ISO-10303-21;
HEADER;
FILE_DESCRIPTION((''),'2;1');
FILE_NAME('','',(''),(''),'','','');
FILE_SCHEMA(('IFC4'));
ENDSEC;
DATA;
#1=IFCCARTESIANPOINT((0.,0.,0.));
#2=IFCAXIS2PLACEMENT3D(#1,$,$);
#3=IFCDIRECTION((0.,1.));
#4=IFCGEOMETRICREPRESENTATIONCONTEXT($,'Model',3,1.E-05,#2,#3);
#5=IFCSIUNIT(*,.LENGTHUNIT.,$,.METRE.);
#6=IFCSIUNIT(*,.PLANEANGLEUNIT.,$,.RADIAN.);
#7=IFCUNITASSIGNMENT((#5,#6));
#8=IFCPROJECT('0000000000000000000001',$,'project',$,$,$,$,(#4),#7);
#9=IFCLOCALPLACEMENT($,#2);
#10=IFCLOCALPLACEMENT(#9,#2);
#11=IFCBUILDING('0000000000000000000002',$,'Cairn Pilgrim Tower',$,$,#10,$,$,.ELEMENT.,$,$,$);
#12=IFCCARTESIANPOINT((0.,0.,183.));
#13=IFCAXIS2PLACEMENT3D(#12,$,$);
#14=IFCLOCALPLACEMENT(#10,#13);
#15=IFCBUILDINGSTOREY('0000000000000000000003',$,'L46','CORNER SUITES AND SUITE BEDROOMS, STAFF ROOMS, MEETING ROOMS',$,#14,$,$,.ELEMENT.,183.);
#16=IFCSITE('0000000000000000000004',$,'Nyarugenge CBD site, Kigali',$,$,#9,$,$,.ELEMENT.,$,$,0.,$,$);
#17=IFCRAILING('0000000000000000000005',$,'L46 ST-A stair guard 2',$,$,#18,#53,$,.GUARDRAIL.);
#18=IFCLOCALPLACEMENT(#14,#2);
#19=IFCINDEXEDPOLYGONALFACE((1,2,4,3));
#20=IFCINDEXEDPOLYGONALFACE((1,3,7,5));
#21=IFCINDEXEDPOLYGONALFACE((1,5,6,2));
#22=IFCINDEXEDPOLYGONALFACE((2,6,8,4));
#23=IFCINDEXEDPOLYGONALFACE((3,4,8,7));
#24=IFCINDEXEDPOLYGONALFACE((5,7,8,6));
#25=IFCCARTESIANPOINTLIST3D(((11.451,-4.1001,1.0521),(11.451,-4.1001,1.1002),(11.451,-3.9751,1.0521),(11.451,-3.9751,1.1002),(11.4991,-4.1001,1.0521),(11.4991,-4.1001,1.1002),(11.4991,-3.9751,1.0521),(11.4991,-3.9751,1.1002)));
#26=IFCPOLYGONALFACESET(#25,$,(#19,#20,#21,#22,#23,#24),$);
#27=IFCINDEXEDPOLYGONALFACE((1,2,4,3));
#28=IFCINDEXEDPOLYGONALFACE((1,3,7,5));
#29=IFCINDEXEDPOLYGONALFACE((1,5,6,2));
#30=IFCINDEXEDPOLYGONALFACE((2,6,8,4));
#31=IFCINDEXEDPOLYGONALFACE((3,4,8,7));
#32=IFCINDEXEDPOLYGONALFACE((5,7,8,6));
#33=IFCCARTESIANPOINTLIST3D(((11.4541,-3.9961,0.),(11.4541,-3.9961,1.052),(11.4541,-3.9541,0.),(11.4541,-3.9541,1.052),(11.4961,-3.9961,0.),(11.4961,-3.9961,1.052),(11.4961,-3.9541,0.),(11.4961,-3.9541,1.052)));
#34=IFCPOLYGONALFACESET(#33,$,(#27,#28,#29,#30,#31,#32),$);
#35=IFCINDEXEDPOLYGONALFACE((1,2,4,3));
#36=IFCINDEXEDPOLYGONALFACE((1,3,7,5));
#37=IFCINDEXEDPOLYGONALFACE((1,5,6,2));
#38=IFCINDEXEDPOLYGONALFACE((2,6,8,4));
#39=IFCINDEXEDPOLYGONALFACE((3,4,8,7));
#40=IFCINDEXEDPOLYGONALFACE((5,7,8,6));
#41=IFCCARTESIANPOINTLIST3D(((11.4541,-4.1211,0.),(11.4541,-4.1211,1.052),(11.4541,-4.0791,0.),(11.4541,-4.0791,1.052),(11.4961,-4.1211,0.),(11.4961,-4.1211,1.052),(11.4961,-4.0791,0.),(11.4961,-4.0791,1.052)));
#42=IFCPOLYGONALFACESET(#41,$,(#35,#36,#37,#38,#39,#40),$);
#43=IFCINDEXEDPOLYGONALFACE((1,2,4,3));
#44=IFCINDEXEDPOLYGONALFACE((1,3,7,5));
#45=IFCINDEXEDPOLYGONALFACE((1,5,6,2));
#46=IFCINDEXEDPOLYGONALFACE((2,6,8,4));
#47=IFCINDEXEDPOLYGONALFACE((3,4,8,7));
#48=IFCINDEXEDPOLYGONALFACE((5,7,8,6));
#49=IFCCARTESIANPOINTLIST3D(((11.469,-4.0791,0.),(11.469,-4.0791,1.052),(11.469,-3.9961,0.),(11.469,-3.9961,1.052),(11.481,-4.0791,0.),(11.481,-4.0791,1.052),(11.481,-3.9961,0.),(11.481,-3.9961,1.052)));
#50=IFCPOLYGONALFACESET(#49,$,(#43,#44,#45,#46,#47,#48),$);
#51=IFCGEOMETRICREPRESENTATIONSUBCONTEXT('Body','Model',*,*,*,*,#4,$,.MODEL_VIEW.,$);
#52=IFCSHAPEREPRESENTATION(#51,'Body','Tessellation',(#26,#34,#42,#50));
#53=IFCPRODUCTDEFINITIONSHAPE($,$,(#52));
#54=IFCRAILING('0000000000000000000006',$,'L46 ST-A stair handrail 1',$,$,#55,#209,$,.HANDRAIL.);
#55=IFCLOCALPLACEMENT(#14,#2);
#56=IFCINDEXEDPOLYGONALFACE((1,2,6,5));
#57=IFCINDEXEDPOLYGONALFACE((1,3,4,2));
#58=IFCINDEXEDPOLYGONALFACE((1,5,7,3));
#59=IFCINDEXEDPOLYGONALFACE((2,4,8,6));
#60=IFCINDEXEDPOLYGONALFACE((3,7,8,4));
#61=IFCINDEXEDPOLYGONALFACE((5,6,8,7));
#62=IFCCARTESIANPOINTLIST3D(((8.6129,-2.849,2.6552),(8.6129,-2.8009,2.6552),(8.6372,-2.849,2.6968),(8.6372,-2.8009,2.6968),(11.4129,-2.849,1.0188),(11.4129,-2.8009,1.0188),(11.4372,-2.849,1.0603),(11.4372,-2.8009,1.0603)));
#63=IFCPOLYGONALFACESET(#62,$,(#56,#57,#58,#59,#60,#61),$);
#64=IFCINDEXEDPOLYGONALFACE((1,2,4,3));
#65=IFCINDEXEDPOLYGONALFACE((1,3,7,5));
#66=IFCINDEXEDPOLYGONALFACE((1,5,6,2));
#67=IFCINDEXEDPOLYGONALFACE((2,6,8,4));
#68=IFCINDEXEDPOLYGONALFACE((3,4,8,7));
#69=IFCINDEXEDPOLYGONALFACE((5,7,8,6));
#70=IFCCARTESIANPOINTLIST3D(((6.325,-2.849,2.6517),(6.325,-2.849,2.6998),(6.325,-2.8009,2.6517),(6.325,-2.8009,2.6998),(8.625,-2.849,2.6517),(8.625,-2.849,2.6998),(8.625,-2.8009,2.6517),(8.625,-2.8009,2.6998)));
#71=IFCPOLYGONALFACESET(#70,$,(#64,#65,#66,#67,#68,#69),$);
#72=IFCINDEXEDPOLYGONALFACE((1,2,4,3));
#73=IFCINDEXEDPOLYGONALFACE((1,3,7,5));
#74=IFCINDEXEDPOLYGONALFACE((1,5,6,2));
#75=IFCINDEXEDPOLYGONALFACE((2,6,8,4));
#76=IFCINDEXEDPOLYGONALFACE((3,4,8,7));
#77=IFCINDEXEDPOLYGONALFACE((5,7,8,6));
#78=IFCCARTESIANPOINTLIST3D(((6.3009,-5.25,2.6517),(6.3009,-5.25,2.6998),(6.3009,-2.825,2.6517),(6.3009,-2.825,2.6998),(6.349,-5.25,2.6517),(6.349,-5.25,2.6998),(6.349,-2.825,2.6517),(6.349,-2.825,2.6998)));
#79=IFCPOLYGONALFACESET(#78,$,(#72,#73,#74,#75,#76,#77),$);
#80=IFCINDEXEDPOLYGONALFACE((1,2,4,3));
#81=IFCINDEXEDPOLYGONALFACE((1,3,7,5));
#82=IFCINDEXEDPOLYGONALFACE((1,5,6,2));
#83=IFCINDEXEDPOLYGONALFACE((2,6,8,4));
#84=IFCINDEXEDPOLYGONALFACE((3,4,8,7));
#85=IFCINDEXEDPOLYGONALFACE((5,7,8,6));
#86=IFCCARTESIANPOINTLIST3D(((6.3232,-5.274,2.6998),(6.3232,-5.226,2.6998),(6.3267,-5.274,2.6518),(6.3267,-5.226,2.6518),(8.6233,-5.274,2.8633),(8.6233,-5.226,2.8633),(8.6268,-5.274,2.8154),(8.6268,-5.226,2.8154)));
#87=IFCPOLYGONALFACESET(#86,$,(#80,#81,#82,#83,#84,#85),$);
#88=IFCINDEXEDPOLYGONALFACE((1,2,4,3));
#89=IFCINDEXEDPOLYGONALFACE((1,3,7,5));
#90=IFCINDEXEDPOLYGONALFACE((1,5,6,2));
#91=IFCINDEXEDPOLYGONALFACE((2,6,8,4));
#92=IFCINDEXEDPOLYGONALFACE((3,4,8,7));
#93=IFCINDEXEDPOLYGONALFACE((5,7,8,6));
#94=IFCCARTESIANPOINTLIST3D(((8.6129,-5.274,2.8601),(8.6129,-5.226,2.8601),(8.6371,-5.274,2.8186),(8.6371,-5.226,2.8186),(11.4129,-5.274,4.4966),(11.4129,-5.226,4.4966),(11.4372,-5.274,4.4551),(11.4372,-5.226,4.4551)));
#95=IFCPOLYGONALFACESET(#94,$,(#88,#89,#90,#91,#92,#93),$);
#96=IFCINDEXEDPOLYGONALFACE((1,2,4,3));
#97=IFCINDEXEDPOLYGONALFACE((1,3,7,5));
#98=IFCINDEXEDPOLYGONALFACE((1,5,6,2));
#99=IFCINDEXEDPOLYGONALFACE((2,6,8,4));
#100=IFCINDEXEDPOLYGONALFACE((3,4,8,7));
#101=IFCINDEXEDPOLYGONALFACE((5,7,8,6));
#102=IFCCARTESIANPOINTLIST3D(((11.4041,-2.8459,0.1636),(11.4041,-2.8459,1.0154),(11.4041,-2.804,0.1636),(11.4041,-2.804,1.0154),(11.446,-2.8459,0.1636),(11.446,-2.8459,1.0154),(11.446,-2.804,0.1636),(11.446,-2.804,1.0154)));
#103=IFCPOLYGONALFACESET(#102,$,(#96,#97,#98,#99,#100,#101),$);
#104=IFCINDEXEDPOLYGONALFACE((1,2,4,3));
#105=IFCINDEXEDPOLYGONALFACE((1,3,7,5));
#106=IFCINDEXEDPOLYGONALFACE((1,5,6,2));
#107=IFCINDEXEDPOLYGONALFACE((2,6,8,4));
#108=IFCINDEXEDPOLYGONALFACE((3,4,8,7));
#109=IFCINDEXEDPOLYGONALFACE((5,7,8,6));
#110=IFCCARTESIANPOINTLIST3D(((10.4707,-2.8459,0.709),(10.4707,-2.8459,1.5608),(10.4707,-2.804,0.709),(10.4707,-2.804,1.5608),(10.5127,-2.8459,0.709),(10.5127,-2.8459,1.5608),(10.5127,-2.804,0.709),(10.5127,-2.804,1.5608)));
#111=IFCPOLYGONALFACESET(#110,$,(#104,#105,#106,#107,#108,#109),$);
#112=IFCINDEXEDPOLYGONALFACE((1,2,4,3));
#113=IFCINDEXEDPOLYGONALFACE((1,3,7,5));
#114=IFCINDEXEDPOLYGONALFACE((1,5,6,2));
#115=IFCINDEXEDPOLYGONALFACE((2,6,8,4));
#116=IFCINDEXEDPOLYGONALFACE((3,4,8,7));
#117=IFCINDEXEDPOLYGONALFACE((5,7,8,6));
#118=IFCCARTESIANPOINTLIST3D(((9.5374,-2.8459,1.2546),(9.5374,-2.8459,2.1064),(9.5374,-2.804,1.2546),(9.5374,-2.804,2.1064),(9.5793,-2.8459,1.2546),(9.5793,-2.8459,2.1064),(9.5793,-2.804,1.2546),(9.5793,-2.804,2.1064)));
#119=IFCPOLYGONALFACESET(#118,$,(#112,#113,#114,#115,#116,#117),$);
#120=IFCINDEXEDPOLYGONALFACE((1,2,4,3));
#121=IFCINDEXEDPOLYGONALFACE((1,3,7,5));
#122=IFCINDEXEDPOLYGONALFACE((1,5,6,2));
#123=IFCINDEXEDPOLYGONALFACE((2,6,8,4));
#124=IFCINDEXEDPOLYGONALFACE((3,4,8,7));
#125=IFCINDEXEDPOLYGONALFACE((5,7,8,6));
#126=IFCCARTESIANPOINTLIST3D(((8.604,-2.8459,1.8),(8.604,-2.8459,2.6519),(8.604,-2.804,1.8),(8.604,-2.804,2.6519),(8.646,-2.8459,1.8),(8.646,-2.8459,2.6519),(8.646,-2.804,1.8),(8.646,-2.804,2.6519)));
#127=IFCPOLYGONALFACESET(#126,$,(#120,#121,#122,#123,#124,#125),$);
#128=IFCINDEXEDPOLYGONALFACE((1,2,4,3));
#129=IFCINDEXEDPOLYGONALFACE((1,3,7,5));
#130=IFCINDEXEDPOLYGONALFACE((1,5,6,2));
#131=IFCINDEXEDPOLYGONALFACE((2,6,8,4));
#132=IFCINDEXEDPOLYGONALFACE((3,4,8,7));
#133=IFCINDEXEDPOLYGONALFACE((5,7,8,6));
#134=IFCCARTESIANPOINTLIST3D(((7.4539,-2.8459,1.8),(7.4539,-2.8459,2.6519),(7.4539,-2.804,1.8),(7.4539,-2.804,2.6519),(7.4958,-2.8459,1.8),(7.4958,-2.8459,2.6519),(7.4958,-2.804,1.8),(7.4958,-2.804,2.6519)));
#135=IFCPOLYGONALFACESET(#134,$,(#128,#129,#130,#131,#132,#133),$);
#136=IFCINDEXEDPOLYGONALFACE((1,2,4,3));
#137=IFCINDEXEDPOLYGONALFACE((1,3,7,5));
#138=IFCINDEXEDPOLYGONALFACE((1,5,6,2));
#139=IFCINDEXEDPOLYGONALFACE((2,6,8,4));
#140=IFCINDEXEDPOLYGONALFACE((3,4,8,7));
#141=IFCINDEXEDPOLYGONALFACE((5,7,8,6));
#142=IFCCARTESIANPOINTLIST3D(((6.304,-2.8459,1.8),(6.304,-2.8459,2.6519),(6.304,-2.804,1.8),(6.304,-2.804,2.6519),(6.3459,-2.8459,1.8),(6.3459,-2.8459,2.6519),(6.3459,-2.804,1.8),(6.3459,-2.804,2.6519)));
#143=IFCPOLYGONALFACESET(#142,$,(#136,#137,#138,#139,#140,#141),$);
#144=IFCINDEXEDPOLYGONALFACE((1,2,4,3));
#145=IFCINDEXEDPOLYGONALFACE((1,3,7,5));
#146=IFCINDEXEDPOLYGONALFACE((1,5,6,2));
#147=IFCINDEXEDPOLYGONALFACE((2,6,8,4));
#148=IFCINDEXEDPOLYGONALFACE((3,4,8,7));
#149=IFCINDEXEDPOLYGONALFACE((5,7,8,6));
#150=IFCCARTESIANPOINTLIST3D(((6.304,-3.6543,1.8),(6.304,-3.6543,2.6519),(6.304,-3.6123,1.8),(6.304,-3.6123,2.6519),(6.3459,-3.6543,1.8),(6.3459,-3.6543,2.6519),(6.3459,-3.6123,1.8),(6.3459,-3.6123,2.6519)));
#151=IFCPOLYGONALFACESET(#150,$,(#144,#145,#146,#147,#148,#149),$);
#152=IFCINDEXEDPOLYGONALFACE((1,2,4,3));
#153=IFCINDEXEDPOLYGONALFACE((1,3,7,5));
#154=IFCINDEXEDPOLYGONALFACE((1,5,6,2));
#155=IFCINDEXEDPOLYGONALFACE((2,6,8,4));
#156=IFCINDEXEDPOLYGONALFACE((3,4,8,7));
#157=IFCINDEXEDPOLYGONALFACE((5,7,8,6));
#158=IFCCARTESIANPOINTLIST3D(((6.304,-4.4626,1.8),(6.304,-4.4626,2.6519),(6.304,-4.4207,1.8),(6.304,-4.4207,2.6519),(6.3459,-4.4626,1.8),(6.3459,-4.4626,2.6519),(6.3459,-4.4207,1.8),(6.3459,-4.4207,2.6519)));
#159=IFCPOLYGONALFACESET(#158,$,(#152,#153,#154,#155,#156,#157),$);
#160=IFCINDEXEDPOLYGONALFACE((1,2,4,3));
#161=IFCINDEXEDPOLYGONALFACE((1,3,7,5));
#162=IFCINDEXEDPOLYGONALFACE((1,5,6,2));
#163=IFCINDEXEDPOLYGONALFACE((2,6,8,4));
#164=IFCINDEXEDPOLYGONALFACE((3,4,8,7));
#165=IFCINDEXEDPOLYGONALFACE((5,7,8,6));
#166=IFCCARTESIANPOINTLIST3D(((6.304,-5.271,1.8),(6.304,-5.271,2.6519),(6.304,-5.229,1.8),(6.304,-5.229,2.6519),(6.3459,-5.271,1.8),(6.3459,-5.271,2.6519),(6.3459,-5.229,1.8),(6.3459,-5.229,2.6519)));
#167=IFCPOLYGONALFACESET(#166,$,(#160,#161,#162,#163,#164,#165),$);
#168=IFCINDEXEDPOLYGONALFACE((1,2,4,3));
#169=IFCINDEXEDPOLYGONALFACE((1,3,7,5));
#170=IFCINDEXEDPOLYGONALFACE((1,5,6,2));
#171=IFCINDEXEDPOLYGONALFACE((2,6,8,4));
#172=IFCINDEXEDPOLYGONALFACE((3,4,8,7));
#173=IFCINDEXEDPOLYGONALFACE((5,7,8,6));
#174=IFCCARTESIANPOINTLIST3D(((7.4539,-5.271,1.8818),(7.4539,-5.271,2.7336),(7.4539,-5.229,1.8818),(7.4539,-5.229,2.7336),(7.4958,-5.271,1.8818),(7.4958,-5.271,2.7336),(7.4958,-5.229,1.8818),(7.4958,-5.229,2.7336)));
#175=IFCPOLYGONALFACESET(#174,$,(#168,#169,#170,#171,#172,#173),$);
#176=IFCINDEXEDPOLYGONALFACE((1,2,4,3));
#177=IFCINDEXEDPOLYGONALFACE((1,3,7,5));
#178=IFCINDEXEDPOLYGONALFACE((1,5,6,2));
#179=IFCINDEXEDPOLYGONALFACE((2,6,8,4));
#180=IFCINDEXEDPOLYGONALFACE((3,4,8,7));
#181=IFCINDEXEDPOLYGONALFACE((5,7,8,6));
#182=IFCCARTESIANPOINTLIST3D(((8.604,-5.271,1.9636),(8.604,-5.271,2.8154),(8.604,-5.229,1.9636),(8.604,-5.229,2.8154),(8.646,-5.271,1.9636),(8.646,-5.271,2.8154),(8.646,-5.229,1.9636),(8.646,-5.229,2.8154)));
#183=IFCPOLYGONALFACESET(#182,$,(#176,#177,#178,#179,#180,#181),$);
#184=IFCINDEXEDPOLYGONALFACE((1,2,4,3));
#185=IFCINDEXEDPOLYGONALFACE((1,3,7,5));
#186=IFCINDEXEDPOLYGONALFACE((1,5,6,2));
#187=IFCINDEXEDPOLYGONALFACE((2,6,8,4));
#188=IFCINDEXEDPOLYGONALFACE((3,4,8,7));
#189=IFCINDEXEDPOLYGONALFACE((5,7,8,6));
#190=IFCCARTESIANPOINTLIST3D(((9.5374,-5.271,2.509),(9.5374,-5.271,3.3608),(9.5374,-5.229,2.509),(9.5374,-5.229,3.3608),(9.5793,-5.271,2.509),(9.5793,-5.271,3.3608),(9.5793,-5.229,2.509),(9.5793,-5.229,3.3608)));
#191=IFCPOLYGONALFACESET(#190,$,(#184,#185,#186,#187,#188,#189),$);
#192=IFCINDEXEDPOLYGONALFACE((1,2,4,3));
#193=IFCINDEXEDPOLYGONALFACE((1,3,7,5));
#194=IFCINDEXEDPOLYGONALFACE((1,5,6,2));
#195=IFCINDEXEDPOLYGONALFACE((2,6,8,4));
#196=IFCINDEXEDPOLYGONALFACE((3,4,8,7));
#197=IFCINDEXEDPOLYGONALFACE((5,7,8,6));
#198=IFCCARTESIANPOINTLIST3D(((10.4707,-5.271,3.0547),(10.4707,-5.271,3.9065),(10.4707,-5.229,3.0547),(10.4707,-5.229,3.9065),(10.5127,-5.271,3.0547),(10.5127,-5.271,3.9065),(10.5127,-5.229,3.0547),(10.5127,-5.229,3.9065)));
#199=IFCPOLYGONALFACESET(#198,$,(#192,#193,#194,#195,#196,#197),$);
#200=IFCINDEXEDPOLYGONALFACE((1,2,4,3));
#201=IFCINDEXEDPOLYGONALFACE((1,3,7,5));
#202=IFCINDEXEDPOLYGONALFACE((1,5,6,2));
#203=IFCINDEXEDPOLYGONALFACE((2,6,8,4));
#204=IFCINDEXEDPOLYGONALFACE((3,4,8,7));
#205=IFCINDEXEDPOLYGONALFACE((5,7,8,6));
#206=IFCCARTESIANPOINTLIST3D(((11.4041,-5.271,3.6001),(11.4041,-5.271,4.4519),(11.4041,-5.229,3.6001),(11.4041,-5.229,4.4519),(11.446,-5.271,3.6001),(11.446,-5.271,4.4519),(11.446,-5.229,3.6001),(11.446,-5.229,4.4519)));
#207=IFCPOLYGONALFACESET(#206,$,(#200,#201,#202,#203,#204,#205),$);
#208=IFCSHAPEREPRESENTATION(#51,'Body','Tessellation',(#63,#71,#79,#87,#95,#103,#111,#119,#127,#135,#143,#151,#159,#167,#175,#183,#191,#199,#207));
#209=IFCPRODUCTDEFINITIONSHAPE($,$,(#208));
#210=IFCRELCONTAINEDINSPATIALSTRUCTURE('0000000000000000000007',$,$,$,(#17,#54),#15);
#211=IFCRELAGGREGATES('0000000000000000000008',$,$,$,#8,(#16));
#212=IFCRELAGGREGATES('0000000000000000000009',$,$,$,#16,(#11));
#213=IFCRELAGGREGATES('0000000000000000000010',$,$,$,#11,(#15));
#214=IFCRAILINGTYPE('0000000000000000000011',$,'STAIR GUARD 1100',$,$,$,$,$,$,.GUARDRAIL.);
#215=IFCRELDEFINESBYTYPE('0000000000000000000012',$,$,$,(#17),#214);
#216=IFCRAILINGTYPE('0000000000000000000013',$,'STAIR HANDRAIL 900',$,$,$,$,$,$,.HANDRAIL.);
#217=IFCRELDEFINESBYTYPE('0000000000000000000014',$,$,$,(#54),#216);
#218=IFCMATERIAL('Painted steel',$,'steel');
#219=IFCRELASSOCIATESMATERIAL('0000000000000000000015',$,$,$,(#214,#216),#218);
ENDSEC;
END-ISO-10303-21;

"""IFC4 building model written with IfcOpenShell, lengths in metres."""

from ifc_helpers import new_model, si_unit, direction, frame, origin, origin_2d, place, context, subcontext, project, spatial, polyline, rectangle, outline, extrude, material, type_object, element, save


model = new_model("IFC4")

# Units and contexts
model_context = context("Model", 3, precision=1e-05, world=origin(), true_north=direction((0.0, 1.0)))
body_context = subcontext(model_context, "Body", "Model", "MODEL_VIEW")
ifc_project = project(units=[si_unit("LENGTHUNIT", "METRE"), si_unit("PLANEANGLEUNIT", "RADIAN")], contexts=[model_context])

# Site, building, storey
site_placement = place(None, origin())
site = spatial("IfcSite", under=ifc_project, at=site_placement, Name="Nyarugenge CBD site, Kigali", CompositionType="ELEMENT", RefElevation=0.0)
building_placement = place(site_placement, origin())
building = spatial("IfcBuilding", under=site, at=building_placement, Name="Cairn Pilgrim Tower", CompositionType="ELEMENT")
storey_placement = place(building_placement, frame((0.0, 0.0, 183.0)))
storey = spatial("IfcBuildingStorey", under=building, at=storey_placement, Name="L46", Description="CORNER SUITES AND SUITE BEDROOMS, STAFF ROOMS, MEETING ROOMS", CompositionType="ELEMENT", Elevation=183.0)

# Railings
ifc_material_1 = material(Name="Painted steel", Category="steel")
railing_type_1 = type_object("IfcRailingType", Name="STAIR GUARD 1100", PredefinedType="GUARDRAIL", material=ifc_material_1)
railing_1_placement = place(storey_placement, frame((11.4751, -3.9751, 0.0)))
element("IfcRailing", 1, at=railing_1_placement, inside=storey, type_object=railing_type_1, Name="L46 ST-A stair guard 2", PredefinedType="GUARDRAIL", context=body_context, shape_type="SweptSolid", body=[
    extrude(rectangle(XDim=0.0481, YDim=0.0481, at=origin_2d()), frame((0.0, 0.0, 1.0762), z_axis=(0.0, -1.0, 0.0), x_axis=(1.0, 0.0, 0.0)), (0.0, 0.0, 1.0), 0.125),
    extrude(rectangle(XDim=0.042, YDim=0.042, at=origin_2d()), origin(), (0.0, 0.0, 1.0), 1.052),
    extrude(rectangle(XDim=0.042, YDim=0.042, at=origin_2d()), frame((0.0, -0.125, 0.0)), (0.0, 0.0, 1.0), 1.052),
    extrude(outline(polyline([(0.021, 0.0), (0.104, 0.0), (0.104, 1.052), (0.021, 1.052), (0.021, 0.0)])), frame((0.0059, 0.0, 0.0), z_axis=(-1.0, 0.0, 0.0), x_axis=(0.0, -1.0, 0.0)), (0.0, 0.0, 1.0), 0.012),
])
railing_type_2 = type_object("IfcRailingType", Name="STAIR HANDRAIL 900", PredefinedType="HANDRAIL", material=ifc_material_1)
railing_2_placement = place(storey_placement, frame((11.425, -2.825, 0.1636)))
element("IfcRailing", 2, at=railing_2_placement, inside=storey, type_object=railing_type_2, Name="L46 ST-A stair handrail 1", PredefinedType="HANDRAIL", context=body_context, shape_type="SweptSolid", body=[
    extrude(rectangle(XDim=0.0481, YDim=0.0481, at=origin_2d()), frame((0.0, 0.0, 0.876), z_axis=(-0.863361, 0.0, 0.504587), x_axis=(0.0, -1.0, 0.0)), (0.0, 0.0, 1.0), 3.2432),
    extrude(rectangle(XDim=0.0481, YDim=0.0481, at=origin_2d()), frame((-2.8, 0.0, 2.5122), z_axis=(-1.0, 0.0, 0.0), x_axis=(0.0, -1.0, 0.0)), (0.0, 0.0, 1.0), 2.3),
    extrude(rectangle(XDim=0.0481, YDim=0.0481, at=origin_2d()), frame((-5.1001, 0.0, 2.5122), z_axis=(0.0, -1.0, 0.0), x_axis=(1.0, 0.0, 0.0)), (0.0, 0.0, 1.0), 2.425),
    extrude(rectangle(XDim=0.0481, YDim=0.0481, at=origin_2d()), frame((-5.1001, -2.425, 2.5122), z_axis=(0.997481, 0.0, 0.070939), x_axis=(0.0, 1.0, 0.0)), (0.0, 0.0, 1.0), 2.3059),
    extrude(rectangle(XDim=0.0481, YDim=0.0481, at=origin_2d()), frame((-2.8, -2.425, 2.6758), z_axis=(0.863361, 0.0, 0.504587), x_axis=(0.0, 1.0, 0.0)), (0.0, 0.0, 1.0), 3.2432),
    extrude(rectangle(XDim=0.042, YDim=0.042, at=origin_2d()), origin(), (0.0, 0.0, 1.0), 0.8518),
    extrude(rectangle(XDim=0.042, YDim=0.042, at=origin_2d()), frame((-0.9333, 0.0, 0.5454)), (0.0, 0.0, 1.0), 0.8518),
    extrude(rectangle(XDim=0.042, YDim=0.042, at=origin_2d()), frame((-1.8667, 0.0, 1.0911)), (0.0, 0.0, 1.0), 0.8518),
    extrude(rectangle(XDim=0.042, YDim=0.042, at=origin_2d()), frame((-2.8, 0.0, 1.6365)), (0.0, 0.0, 1.0), 0.8518),
    extrude(rectangle(XDim=0.042, YDim=0.042, at=origin_2d()), frame((-3.9502, 0.0, 1.6365)), (0.0, 0.0, 1.0), 0.8518),
    extrude(rectangle(XDim=0.042, YDim=0.042, at=origin_2d()), frame((-5.1001, 0.0, 1.6365)), (0.0, 0.0, 1.0), 0.8518),
    extrude(rectangle(XDim=0.042, YDim=0.042, at=origin_2d()), frame((-5.1001, -0.8083, 1.6365)), (0.0, 0.0, 1.0), 0.8518),
    extrude(rectangle(XDim=0.042, YDim=0.042, at=origin_2d()), frame((-5.1001, -1.6167, 1.6365)), (0.0, 0.0, 1.0), 0.8518),
    extrude(rectangle(XDim=0.042, YDim=0.042, at=origin_2d()), frame((-5.1001, -2.425, 1.6365)), (0.0, 0.0, 1.0), 0.8518),
    extrude(rectangle(XDim=0.042, YDim=0.042, at=origin_2d()), frame((-3.9502, -2.425, 1.7183)), (0.0, 0.0, 1.0), 0.8518),
    extrude(rectangle(XDim=0.042, YDim=0.042, at=origin_2d()), frame((-2.8, -2.425, 1.8)), (0.0, 0.0, 1.0), 0.8518),
    extrude(rectangle(XDim=0.042, YDim=0.042, at=origin_2d()), frame((-1.8667, -2.425, 2.3455)), (0.0, 0.0, 1.0), 0.8518),
    extrude(rectangle(XDim=0.042, YDim=0.042, at=origin_2d()), frame((-0.9333, -2.425, 2.8911)), (0.0, 0.0, 1.0), 0.8518),
    extrude(rectangle(XDim=0.042, YDim=0.042, at=origin_2d()), frame((0.0, -2.425, 3.4365)), (0.0, 0.0, 1.0), 0.8518),
])

save(model, "model.ifc")
